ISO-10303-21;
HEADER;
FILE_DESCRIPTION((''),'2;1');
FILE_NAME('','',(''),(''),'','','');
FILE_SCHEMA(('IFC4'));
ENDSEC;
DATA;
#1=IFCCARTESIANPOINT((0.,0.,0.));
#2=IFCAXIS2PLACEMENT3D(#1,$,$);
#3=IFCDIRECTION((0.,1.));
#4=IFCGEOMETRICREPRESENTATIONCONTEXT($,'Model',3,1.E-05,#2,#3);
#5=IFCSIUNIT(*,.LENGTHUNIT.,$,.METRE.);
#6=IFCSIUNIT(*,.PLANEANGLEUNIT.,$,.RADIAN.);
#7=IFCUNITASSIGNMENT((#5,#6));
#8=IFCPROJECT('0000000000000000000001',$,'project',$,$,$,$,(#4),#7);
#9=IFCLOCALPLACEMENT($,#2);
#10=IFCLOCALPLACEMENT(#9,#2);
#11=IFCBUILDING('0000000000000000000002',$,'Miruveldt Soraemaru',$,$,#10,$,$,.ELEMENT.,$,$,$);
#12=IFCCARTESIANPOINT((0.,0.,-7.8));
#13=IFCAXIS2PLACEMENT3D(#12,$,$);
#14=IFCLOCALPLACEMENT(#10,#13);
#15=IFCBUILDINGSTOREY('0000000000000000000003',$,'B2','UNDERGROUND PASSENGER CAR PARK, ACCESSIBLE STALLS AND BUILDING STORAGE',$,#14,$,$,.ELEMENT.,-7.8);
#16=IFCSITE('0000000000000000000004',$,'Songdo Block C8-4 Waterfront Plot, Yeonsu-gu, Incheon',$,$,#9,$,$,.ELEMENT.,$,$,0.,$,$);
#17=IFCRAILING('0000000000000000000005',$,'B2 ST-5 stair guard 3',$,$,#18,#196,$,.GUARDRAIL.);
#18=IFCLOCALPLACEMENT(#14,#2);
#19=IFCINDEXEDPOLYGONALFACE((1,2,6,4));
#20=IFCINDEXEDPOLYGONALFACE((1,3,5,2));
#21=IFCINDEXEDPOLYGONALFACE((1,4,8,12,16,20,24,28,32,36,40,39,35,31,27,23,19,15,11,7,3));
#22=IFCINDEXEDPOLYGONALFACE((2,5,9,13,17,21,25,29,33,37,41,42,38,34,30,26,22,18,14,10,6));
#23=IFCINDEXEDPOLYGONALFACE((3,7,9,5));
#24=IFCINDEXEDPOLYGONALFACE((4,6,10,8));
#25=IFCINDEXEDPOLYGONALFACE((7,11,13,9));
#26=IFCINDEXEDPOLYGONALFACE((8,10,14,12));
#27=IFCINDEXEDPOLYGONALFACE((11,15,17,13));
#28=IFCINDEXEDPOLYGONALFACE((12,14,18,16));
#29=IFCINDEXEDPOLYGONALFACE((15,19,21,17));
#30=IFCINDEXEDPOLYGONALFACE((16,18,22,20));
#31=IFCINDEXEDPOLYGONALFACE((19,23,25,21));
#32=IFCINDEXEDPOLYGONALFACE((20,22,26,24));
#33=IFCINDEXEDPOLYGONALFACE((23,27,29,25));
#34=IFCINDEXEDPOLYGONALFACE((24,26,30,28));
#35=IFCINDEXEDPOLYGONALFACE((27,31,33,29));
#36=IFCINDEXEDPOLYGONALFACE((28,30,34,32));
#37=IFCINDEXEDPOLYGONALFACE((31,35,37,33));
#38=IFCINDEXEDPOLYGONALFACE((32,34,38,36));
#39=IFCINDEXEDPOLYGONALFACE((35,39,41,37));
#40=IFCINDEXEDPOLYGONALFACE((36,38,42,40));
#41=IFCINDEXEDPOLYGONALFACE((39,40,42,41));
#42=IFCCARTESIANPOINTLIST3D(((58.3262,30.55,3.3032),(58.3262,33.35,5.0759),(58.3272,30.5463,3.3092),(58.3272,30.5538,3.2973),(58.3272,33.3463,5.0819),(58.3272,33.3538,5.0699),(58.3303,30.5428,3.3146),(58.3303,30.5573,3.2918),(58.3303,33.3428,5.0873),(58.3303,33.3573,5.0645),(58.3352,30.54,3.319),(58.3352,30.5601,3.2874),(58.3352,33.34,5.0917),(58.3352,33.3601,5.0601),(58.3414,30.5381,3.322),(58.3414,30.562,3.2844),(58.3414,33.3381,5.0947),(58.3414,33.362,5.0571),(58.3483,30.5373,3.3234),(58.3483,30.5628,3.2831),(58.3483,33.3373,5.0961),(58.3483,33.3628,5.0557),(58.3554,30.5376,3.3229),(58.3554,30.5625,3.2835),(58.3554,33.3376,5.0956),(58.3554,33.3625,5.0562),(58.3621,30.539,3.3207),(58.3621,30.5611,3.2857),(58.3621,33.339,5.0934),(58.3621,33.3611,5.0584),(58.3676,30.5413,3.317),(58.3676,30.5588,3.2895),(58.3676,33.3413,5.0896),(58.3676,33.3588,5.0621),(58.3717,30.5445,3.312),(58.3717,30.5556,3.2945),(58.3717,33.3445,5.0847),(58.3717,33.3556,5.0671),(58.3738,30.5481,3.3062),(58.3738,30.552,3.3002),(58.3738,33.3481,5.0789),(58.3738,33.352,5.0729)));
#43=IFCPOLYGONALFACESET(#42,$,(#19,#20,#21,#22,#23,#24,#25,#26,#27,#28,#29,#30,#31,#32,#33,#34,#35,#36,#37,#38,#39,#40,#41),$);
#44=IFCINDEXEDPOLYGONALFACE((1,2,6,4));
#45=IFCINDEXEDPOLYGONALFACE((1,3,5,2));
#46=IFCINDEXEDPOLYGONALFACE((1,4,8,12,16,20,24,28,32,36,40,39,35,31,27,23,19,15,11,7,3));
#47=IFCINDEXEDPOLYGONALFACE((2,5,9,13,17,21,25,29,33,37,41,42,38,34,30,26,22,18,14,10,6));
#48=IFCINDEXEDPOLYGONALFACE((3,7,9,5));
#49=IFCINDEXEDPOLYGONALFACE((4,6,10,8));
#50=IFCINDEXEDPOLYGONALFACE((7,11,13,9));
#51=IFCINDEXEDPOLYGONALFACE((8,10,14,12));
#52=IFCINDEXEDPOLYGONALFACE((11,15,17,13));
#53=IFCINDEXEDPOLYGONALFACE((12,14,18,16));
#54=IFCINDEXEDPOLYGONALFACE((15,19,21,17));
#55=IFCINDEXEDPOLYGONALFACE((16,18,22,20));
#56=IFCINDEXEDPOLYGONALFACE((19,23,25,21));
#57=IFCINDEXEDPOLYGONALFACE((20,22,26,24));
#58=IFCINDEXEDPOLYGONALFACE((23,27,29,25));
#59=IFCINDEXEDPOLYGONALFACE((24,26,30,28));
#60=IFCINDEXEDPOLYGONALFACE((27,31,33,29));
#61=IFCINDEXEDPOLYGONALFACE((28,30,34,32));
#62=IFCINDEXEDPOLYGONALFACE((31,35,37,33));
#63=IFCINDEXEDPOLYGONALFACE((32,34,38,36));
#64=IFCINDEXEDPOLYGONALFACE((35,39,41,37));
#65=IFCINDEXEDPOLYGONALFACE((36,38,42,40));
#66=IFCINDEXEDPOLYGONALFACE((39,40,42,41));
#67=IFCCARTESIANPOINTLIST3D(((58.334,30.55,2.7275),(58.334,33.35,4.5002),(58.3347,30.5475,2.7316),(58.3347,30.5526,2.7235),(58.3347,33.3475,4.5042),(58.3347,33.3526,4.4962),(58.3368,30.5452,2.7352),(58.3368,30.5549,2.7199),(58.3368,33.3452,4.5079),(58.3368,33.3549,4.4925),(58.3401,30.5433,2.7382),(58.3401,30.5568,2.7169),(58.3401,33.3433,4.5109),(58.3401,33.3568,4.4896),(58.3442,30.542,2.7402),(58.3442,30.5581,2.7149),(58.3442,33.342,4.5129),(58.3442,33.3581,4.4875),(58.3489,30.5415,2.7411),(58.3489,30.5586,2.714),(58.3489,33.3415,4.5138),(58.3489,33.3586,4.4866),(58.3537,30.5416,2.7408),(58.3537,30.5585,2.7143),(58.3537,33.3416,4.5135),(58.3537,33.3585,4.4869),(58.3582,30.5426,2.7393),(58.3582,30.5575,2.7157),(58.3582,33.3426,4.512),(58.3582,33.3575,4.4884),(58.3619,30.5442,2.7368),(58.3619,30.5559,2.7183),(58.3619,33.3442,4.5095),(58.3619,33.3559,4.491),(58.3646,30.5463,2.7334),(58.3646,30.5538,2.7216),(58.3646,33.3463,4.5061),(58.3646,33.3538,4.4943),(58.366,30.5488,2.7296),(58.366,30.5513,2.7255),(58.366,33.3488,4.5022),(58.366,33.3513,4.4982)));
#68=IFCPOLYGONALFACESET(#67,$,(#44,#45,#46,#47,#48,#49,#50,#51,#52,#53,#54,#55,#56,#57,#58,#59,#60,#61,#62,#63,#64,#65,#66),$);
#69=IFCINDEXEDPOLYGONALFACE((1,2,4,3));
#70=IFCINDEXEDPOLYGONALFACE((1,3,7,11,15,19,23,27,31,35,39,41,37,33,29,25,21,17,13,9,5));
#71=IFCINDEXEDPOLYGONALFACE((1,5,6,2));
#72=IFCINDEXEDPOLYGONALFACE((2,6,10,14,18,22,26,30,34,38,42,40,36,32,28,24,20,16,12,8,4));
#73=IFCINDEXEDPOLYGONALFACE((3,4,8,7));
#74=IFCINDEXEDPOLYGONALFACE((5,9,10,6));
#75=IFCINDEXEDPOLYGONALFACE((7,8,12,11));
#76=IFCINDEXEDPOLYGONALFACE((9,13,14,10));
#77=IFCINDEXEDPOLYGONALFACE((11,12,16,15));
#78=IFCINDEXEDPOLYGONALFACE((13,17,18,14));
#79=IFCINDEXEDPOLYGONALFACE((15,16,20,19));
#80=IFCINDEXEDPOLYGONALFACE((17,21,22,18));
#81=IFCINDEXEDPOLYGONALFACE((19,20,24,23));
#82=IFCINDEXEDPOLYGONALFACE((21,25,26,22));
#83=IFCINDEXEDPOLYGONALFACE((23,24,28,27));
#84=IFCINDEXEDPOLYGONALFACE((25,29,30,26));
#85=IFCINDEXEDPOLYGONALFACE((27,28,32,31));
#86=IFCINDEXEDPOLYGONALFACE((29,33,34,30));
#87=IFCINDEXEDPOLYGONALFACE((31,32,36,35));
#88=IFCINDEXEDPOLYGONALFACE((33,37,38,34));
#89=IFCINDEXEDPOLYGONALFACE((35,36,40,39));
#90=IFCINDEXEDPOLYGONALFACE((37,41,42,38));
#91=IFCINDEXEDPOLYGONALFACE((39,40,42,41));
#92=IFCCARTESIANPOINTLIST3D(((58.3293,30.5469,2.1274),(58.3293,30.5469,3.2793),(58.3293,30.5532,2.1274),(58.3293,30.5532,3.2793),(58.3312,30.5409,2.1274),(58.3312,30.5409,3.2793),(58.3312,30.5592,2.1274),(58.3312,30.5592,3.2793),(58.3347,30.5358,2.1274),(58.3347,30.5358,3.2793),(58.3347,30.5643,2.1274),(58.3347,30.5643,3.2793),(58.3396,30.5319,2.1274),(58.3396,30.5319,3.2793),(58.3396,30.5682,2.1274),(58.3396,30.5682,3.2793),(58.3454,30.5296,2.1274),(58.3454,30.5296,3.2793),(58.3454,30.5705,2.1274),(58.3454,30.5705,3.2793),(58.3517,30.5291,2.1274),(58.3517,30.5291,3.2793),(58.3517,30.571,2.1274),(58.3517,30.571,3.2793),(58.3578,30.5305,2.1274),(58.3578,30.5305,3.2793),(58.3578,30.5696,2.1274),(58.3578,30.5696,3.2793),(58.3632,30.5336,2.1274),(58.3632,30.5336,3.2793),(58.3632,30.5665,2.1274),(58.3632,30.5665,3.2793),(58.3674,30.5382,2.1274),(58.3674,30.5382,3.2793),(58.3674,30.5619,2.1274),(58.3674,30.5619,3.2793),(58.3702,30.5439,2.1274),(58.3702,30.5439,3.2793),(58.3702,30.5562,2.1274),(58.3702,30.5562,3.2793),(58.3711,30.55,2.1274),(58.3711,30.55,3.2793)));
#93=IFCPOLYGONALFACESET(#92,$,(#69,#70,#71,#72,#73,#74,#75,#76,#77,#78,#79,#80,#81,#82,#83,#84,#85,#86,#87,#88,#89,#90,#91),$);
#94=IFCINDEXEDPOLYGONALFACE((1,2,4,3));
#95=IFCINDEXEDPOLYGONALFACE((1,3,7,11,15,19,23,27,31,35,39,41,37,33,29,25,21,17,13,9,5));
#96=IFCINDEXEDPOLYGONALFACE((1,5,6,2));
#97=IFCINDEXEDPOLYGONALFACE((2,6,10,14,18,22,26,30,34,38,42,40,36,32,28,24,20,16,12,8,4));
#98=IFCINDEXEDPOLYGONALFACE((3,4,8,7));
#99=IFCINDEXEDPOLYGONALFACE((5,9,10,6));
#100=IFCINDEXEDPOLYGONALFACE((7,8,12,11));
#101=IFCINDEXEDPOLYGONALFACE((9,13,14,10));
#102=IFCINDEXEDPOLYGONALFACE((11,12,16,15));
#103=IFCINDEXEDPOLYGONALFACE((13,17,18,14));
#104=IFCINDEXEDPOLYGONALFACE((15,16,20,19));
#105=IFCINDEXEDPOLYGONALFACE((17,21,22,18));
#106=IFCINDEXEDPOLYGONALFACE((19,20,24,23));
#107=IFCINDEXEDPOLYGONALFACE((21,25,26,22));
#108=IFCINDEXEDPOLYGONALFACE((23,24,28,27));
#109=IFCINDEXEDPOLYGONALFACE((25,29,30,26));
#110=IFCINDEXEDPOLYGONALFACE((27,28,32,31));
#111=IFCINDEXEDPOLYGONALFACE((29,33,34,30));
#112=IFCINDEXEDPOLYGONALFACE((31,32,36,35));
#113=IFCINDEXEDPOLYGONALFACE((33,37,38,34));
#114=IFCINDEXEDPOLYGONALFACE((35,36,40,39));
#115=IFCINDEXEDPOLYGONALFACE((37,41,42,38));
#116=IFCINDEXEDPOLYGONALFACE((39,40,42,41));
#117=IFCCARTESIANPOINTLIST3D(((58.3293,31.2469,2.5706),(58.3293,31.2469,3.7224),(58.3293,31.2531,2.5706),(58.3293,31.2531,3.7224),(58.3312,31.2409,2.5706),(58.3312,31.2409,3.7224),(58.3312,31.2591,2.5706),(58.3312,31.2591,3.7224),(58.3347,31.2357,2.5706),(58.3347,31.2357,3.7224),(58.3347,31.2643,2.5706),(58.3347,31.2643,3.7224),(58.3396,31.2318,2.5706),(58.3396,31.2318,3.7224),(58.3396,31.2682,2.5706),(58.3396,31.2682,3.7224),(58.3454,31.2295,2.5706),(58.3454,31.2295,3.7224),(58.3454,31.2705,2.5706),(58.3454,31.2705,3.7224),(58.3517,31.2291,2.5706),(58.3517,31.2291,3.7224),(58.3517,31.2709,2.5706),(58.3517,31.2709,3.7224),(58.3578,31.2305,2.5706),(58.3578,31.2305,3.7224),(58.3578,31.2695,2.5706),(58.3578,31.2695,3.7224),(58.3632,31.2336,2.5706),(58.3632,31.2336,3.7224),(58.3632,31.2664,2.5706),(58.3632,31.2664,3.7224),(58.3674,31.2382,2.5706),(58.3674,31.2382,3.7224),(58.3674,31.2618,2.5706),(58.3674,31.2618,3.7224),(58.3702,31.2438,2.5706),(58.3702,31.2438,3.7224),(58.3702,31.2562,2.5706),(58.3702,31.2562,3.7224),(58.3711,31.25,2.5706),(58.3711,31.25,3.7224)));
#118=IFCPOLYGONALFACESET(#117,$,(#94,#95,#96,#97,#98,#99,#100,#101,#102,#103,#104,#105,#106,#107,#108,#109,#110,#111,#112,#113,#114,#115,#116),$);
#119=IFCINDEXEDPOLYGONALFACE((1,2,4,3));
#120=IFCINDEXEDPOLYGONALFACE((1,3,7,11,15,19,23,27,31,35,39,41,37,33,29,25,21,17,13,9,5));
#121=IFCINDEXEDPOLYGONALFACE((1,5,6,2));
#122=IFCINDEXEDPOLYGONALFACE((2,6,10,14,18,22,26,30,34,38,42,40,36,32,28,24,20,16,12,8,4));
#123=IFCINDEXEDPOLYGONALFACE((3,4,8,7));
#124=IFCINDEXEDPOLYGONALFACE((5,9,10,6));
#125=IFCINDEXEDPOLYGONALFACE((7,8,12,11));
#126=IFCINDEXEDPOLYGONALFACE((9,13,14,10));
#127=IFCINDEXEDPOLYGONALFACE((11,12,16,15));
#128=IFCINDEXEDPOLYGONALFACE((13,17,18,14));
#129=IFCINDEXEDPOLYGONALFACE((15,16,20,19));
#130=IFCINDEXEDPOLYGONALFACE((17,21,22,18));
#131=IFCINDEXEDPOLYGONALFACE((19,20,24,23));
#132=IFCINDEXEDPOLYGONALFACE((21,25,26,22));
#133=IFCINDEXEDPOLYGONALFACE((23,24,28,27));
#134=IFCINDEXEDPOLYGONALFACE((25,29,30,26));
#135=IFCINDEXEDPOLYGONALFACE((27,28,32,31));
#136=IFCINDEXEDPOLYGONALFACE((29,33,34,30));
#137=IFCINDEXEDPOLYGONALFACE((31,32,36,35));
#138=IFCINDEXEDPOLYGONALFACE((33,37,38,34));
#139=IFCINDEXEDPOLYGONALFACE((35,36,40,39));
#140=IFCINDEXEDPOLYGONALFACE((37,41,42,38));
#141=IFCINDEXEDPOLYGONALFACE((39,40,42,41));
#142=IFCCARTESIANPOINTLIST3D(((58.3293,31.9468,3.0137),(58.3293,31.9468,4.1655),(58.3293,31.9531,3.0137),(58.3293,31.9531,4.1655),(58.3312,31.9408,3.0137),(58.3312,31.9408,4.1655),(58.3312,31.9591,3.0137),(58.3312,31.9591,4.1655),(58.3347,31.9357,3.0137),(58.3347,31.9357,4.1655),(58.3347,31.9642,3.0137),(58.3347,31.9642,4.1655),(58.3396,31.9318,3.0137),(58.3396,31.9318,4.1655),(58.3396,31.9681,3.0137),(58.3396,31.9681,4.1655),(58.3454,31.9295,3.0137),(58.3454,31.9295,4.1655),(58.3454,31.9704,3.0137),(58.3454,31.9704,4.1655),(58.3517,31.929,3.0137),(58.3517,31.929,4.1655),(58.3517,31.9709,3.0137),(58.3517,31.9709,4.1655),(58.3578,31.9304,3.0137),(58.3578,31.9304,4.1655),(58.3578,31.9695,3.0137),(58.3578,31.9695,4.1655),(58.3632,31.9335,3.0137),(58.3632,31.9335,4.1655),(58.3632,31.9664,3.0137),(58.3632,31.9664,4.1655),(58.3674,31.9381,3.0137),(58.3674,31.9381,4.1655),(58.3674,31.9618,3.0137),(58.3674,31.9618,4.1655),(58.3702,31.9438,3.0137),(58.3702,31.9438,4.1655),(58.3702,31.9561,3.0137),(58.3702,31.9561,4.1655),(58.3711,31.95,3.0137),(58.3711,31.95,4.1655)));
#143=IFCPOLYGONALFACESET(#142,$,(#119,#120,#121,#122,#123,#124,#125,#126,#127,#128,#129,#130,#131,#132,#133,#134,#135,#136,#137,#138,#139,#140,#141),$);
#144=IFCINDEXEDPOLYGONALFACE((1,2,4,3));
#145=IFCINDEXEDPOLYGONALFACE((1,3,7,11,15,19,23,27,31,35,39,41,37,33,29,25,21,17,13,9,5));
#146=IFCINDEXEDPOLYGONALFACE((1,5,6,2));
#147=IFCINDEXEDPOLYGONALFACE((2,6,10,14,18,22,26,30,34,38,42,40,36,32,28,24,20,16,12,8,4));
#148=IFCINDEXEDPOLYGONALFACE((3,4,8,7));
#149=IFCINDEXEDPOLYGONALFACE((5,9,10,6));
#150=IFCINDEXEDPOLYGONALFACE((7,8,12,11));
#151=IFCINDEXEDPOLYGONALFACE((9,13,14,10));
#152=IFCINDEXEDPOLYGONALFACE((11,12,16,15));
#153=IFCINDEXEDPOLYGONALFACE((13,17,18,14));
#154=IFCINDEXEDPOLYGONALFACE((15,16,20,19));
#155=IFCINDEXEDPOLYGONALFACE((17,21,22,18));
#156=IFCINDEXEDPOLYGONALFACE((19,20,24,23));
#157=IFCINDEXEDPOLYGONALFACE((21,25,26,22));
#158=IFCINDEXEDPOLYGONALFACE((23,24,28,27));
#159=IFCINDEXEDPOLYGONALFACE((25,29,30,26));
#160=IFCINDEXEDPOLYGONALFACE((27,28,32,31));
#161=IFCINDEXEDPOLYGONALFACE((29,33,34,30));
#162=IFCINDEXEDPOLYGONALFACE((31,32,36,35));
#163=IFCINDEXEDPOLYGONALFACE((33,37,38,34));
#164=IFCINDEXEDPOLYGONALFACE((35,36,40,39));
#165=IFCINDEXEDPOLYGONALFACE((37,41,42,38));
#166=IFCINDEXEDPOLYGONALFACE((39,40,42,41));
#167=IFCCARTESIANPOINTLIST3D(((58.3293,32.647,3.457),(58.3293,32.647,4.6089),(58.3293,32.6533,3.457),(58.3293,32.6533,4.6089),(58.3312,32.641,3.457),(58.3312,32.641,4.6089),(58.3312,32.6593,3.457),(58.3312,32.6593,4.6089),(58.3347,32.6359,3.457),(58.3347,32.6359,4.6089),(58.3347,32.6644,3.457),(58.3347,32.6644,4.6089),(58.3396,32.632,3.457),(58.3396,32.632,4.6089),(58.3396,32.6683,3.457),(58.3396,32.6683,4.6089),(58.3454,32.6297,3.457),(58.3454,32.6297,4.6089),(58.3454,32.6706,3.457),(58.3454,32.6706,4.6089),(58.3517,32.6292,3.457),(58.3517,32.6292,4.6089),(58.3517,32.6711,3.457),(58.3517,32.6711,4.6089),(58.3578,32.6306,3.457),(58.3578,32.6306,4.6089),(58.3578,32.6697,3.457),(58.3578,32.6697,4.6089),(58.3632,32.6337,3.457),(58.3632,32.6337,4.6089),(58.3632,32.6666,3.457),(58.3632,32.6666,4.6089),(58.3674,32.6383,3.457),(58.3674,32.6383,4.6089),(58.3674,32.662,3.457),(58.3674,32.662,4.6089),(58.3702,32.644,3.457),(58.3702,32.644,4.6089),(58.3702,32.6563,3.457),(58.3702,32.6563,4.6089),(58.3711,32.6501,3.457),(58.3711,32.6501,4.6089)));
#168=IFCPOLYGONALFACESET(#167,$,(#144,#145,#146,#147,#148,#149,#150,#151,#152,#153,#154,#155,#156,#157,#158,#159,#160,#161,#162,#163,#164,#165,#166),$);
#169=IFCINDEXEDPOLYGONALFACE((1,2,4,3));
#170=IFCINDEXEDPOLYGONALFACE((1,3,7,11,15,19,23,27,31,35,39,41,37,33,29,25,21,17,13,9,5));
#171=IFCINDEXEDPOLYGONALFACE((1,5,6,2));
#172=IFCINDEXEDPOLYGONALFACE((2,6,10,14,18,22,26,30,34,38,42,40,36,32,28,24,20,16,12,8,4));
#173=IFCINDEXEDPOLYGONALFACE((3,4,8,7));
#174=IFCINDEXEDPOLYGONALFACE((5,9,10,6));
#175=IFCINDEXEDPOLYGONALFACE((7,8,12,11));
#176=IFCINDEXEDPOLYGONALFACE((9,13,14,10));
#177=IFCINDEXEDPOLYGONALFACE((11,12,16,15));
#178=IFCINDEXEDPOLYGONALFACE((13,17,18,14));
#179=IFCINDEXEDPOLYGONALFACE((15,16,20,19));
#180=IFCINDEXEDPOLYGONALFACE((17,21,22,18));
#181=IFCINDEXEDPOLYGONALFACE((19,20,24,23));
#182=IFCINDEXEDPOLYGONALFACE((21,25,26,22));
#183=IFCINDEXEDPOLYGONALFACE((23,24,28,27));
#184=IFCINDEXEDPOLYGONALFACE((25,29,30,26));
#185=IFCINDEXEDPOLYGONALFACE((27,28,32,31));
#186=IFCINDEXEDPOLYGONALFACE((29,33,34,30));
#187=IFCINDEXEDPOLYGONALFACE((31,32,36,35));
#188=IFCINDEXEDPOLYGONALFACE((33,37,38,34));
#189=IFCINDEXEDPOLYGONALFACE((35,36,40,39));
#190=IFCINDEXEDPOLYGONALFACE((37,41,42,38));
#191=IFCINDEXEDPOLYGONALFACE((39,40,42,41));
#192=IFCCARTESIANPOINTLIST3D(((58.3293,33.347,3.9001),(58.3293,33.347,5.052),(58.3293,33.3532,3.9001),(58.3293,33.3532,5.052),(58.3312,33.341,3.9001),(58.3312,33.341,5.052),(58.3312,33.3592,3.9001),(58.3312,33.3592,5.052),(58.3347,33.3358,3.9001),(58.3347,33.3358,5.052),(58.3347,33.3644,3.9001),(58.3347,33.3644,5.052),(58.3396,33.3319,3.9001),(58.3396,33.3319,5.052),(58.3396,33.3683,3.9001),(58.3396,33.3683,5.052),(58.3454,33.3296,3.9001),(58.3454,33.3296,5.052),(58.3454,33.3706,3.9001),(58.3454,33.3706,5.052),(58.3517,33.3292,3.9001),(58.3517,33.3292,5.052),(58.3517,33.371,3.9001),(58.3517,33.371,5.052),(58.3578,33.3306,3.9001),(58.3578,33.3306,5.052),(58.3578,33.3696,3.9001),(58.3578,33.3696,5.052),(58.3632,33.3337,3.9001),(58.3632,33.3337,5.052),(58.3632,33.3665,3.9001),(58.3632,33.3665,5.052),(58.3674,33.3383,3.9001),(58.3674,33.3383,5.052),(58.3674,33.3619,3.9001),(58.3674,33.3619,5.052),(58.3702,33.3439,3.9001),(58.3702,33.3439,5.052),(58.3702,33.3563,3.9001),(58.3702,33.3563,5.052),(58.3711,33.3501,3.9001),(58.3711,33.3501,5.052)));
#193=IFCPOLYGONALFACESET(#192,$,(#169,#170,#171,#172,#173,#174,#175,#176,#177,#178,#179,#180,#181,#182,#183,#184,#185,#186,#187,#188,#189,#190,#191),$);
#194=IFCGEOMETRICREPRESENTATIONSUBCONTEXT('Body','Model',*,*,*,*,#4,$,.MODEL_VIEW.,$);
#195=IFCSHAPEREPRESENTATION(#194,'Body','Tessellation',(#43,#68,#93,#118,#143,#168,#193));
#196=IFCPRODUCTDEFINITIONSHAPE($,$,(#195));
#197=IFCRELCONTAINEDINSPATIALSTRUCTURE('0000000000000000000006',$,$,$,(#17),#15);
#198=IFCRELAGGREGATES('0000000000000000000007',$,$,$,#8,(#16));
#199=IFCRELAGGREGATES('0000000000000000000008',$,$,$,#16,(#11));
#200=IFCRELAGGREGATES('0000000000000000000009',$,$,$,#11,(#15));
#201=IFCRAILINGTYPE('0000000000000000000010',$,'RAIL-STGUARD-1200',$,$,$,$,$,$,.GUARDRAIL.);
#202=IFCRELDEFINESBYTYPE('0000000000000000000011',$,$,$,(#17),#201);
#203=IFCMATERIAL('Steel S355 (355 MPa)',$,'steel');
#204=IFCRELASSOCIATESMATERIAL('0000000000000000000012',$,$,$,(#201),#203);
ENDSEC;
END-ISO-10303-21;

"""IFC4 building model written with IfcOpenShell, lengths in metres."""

from ifc_helpers import new_model, si_unit, direction, frame, origin, origin_2d, place, context, subcontext, project, spatial, circle, extrude, material, type_object, element, save


model = new_model("IFC4")

# Units and contexts
model_context = context("Model", 3, precision=1e-05, world=origin(), true_north=direction((0.0, 1.0)))
body_context = subcontext(model_context, "Body", "Model", "MODEL_VIEW")
ifc_project = project(units=[si_unit("LENGTHUNIT", "METRE"), si_unit("PLANEANGLEUNIT", "RADIAN")], contexts=[model_context])

# Site, building, storey
site_placement = place(None, origin())
site = spatial("IfcSite", under=ifc_project, at=site_placement, Name="Songdo Block C8-4 Waterfront Plot, Yeonsu-gu, Incheon", CompositionType="ELEMENT", RefElevation=0.0)
building_placement = place(site_placement, origin())
building = spatial("IfcBuilding", under=site, at=building_placement, Name="Miruveldt Soraemaru", CompositionType="ELEMENT")
storey_placement = place(building_placement, frame((0.0, 0.0, -7.8)))
storey = spatial("IfcBuildingStorey", under=building, at=storey_placement, Name="B2", Description="UNDERGROUND PASSENGER CAR PARK, ACCESSIBLE STALLS AND BUILDING STORAGE", CompositionType="ELEMENT", Elevation=-7.8)

# Shared definitions
ifc_material_1 = material(Name="Steel S355 (355 MPa)", Category="steel")

# Railing
railing_type_1 = type_object("IfcRailingType", Name="RAIL-STGUARD-1200", PredefinedType="GUARDRAIL", material=ifc_material_1)
railing_1_placement = place(storey_placement, frame((58.3501, 30.55, 2.1274)))
element("IfcRailing", 1, at=railing_1_placement, inside=storey, type_object=railing_type_1, Name="B2 ST-5 stair guard 3", PredefinedType="GUARDRAIL", context=body_context, shape_type="SweptSolid", body=[
    extrude(circle(Radius=0.0239, at=origin_2d()), frame((0.0, 0.0, 1.1758), z_axis=(0.0, 0.844909, 0.53491), x_axis=(-1.0, 0.0, 0.0)), (0.0, 0.0, 1.0), 3.314),
    extrude(circle(Radius=0.0161, at=origin_2d()), frame((0.0, 0.0, 0.6001), z_axis=(0.0, 0.844909, 0.53491), x_axis=(-1.0, 0.0, 0.0)), (0.0, 0.0, 1.0), 3.314),
    extrude(circle(Radius=0.021, at=origin_2d()), origin(), (0.0, 0.0, 1.0), 1.1519),
    extrude(circle(Radius=0.021, at=origin_2d()), frame((0.0, 0.7, 0.4431)), (0.0, 0.0, 1.0), 1.1519),
    extrude(circle(Radius=0.021, at=origin_2d()), frame((0.0, 1.3999, 0.8862)), (0.0, 0.0, 1.0), 1.1519),
    extrude(circle(Radius=0.021, at=origin_2d()), frame((0.0, 2.1001, 1.3296)), (0.0, 0.0, 1.0), 1.1519),
    extrude(circle(Radius=0.021, at=origin_2d()), frame((0.0, 2.8, 1.7727)), (0.0, 0.0, 1.0), 1.1519),
])

save(model, "model.ifc")
